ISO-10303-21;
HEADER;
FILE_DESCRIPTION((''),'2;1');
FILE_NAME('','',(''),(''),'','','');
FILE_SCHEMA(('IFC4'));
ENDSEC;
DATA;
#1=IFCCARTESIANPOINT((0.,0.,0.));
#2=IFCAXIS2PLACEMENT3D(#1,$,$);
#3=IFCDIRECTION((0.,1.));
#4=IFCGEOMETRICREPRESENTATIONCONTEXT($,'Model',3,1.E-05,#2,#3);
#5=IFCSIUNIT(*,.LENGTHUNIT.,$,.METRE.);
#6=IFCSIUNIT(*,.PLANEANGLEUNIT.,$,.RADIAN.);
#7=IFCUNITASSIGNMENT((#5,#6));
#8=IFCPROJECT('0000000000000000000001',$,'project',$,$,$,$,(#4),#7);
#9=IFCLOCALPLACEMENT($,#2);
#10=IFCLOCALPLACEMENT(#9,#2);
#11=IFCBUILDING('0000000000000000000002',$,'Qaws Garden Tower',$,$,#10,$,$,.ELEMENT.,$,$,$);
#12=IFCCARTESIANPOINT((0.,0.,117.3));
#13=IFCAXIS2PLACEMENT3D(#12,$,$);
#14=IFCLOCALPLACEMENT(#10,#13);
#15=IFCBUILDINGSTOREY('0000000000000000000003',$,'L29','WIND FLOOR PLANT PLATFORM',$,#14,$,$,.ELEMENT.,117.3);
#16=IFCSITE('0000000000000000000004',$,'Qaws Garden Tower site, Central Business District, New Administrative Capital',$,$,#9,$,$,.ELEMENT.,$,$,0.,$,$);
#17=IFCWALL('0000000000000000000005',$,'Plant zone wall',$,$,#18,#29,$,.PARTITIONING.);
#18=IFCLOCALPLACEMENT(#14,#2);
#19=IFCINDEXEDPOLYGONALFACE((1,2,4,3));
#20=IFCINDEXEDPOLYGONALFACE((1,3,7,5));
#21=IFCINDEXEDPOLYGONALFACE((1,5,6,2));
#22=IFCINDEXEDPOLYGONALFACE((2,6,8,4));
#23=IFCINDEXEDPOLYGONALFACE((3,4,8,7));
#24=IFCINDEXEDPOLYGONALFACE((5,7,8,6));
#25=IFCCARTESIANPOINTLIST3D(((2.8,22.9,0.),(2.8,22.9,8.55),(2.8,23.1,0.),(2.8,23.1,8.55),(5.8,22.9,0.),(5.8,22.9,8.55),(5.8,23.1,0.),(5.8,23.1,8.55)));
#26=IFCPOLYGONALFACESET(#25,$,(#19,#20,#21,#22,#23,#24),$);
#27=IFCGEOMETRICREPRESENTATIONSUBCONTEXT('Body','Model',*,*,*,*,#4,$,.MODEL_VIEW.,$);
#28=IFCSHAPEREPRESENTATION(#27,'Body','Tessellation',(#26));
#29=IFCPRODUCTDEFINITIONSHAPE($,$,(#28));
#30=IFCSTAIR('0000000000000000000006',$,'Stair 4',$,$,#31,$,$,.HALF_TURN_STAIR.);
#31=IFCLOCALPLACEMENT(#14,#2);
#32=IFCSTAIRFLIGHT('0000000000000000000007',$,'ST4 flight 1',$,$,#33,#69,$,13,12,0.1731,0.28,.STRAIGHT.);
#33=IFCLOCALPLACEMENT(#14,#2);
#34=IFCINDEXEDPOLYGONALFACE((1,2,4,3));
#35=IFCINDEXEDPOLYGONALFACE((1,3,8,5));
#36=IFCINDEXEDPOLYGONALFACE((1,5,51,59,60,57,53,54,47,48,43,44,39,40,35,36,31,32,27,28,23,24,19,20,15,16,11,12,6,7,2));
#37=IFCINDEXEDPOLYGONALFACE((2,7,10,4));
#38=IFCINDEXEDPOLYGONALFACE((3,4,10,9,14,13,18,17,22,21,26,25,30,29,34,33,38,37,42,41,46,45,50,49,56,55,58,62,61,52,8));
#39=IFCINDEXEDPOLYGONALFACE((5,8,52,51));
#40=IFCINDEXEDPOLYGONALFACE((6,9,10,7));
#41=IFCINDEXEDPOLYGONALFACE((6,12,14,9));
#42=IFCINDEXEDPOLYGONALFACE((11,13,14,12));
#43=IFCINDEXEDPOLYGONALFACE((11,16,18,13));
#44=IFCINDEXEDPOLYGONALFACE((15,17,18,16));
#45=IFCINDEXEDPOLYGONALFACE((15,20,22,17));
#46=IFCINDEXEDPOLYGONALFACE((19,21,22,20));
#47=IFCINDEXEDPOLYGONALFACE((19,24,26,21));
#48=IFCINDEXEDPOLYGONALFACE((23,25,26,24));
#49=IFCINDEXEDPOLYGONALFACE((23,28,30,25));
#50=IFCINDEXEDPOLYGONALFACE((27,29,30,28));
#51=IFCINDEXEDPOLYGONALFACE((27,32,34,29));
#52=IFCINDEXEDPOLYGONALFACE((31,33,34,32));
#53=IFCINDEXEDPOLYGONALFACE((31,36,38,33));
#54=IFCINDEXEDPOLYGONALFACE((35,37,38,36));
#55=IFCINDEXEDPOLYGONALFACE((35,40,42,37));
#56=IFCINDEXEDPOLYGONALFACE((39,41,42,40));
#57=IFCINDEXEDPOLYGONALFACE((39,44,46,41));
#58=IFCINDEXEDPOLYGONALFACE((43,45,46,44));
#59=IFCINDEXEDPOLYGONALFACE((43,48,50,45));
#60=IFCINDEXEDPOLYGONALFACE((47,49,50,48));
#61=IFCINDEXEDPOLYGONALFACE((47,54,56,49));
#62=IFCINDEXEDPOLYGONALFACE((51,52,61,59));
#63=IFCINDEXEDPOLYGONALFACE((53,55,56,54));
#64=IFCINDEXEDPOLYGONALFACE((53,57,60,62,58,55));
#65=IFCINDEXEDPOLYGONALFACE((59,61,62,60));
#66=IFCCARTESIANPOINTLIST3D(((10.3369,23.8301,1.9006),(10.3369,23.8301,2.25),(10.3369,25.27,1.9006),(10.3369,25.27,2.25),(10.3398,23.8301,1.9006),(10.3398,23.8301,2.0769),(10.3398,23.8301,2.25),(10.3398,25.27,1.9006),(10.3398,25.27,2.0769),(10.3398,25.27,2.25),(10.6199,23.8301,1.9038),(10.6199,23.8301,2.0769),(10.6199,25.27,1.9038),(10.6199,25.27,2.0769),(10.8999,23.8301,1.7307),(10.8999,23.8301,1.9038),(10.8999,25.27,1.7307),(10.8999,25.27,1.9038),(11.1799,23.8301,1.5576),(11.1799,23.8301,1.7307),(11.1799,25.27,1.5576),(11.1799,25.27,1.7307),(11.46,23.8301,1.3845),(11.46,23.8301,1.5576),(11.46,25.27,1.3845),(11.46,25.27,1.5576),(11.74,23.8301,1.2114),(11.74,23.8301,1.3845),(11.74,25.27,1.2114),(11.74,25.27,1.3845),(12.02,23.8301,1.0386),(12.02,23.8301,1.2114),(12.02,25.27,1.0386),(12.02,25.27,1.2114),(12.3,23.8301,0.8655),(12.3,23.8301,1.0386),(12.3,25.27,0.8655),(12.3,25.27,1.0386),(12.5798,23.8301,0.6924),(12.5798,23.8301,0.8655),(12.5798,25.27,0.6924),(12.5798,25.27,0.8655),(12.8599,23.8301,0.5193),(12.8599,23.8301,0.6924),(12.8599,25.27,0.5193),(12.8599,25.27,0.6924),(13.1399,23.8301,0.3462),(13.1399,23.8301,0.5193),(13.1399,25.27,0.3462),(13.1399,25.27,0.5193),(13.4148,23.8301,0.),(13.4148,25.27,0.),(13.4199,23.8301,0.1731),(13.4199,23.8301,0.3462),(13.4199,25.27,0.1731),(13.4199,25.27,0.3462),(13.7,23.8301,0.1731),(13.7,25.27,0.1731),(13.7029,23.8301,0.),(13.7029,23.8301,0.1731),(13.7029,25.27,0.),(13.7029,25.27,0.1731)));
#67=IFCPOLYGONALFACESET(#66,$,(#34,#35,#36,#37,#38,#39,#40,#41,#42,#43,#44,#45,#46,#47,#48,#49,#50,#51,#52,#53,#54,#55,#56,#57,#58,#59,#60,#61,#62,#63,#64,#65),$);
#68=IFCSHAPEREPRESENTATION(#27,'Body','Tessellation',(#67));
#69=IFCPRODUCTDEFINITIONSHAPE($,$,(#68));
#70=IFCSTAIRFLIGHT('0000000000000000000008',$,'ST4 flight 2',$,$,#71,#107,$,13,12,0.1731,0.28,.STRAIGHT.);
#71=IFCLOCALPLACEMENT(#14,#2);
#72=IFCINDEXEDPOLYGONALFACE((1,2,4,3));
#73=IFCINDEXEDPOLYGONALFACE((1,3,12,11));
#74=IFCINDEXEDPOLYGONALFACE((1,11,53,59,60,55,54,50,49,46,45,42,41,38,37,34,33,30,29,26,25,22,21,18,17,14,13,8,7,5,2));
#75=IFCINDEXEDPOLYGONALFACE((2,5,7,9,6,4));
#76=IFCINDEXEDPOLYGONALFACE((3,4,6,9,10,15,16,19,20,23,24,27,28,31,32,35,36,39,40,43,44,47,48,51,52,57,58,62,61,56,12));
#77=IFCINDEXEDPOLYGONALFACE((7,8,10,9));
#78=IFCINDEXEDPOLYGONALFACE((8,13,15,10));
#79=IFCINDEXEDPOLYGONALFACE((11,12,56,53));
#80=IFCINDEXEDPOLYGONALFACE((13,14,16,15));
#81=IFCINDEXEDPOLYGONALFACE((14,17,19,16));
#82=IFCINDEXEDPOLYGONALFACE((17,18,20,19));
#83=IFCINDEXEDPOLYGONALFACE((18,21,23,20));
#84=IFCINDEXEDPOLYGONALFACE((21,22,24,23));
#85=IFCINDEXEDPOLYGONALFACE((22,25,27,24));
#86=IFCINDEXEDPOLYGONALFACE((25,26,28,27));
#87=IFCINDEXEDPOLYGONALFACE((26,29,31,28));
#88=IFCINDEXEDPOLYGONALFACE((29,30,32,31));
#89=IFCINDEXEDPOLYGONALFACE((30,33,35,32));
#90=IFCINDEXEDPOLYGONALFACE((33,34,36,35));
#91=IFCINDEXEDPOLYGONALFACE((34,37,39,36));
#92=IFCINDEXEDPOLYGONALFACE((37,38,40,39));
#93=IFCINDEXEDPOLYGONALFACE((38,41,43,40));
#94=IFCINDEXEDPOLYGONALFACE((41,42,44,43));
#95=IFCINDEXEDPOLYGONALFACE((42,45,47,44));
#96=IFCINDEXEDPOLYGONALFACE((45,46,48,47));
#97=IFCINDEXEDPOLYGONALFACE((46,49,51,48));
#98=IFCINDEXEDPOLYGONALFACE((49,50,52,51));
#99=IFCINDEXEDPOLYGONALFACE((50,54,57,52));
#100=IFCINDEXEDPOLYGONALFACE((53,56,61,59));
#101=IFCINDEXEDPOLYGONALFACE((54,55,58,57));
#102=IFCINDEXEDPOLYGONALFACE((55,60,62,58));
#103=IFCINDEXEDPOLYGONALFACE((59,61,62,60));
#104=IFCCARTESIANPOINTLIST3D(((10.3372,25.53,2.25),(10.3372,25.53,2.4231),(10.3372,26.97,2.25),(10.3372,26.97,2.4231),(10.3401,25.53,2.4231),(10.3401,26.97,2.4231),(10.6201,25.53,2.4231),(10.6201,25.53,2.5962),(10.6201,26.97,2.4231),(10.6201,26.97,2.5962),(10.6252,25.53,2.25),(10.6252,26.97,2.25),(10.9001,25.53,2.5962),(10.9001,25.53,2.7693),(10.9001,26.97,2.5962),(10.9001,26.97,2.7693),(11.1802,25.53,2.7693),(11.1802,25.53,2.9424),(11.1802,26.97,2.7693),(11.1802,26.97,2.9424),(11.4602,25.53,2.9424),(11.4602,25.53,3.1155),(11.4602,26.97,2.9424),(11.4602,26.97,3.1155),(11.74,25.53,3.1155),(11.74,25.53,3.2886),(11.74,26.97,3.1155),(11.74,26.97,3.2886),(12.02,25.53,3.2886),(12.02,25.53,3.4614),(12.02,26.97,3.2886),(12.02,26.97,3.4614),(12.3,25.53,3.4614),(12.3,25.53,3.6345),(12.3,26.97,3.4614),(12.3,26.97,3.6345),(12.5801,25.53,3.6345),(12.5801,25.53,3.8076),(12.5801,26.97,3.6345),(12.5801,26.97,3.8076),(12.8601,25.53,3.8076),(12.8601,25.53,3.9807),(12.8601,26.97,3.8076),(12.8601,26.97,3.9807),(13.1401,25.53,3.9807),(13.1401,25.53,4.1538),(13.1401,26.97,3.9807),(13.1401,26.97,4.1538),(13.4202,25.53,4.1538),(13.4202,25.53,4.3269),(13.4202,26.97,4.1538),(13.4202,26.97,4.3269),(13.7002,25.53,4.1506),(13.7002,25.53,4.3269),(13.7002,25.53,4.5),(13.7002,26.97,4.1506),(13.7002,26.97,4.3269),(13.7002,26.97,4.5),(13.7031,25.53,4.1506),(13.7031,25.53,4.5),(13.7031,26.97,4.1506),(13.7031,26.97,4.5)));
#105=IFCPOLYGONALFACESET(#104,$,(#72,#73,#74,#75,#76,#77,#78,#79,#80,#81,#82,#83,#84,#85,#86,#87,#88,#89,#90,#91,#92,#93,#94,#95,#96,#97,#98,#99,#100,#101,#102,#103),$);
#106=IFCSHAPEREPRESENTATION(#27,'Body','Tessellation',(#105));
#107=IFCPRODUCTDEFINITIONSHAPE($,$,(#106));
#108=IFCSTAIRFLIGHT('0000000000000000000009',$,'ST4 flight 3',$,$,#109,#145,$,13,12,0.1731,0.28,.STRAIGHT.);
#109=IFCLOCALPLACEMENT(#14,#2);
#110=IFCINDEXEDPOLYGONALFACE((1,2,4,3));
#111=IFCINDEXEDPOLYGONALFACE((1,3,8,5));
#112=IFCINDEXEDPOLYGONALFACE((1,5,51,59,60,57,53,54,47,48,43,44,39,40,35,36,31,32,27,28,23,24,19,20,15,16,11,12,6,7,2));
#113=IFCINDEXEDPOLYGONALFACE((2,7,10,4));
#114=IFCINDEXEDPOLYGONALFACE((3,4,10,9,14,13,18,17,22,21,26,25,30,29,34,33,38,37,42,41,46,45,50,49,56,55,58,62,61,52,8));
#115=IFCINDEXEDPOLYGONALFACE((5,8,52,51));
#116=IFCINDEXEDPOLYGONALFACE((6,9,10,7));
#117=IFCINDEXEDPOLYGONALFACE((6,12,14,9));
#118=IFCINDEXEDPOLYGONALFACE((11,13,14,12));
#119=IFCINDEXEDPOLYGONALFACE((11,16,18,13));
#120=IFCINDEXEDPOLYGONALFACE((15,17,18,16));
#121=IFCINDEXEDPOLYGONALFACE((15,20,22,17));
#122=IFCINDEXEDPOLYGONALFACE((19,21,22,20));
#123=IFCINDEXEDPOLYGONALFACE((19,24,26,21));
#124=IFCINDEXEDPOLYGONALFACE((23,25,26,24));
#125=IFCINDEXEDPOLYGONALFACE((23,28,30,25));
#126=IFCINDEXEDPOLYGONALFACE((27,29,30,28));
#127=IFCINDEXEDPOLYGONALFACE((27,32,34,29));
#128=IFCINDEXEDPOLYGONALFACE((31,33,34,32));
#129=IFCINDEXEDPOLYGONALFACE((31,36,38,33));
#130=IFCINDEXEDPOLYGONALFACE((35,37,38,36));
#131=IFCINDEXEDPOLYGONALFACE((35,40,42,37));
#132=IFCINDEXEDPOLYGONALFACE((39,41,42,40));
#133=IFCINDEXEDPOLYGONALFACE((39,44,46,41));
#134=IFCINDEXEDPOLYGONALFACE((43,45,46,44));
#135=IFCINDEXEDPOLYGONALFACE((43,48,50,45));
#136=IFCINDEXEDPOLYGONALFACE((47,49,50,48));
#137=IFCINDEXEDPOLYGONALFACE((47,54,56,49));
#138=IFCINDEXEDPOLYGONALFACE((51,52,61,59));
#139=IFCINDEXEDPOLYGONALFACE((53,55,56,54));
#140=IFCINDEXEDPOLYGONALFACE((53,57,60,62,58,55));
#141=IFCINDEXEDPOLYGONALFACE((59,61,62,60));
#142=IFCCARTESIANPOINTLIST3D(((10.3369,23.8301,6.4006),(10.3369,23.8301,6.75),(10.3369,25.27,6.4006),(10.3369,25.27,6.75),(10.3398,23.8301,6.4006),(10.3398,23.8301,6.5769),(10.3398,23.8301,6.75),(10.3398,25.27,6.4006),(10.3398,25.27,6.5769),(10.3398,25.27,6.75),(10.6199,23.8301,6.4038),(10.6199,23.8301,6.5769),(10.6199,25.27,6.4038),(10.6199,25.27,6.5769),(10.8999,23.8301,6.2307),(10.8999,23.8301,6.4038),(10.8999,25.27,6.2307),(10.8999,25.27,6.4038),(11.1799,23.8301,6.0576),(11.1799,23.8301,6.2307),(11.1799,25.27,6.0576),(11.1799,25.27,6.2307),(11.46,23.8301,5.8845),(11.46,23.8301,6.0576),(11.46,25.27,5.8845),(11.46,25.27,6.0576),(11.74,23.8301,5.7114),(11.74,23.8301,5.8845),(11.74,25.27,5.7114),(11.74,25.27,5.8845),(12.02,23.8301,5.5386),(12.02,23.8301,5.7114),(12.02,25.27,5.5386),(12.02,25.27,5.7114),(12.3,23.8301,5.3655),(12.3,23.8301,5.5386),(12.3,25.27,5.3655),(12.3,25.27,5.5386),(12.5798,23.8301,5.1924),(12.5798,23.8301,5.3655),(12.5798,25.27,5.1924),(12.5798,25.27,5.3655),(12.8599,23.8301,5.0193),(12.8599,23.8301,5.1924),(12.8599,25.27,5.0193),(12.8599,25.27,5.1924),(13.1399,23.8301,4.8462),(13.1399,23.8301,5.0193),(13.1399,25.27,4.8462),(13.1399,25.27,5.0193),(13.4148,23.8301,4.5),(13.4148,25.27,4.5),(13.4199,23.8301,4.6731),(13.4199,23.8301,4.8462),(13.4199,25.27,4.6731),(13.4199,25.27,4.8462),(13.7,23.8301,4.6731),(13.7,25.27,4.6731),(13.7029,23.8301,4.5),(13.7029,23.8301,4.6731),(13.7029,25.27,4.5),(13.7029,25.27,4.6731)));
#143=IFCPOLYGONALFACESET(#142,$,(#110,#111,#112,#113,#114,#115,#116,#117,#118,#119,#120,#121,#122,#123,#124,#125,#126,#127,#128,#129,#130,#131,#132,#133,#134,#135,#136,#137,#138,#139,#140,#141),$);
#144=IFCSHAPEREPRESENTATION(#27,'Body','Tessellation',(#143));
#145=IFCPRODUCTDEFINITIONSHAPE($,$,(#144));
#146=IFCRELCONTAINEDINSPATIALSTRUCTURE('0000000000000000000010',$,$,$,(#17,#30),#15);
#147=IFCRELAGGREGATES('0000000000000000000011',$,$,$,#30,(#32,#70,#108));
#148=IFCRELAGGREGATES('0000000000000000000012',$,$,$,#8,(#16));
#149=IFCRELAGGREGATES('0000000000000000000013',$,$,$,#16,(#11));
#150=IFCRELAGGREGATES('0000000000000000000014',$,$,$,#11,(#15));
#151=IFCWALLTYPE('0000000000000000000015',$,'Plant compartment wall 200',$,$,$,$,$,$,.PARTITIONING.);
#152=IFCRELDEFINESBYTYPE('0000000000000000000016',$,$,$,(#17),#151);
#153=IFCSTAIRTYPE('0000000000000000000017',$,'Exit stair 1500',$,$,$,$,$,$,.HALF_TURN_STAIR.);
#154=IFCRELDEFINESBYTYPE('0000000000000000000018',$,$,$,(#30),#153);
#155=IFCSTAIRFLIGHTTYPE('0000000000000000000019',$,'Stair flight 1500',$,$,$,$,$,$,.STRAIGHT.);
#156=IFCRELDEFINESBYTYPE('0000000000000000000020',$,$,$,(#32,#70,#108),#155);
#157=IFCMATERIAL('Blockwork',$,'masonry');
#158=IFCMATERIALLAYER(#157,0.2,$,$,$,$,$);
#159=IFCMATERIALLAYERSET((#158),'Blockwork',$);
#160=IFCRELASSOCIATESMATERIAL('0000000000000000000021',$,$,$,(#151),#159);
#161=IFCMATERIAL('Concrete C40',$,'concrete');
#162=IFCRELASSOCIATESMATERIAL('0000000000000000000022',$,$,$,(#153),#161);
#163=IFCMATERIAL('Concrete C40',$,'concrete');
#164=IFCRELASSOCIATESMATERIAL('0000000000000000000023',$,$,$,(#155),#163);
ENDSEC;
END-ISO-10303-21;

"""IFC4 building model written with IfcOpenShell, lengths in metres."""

from ifc_helpers import new_model, si_unit, direction, frame, frame_2d, origin, place, context, subcontext, project, spatial, polyline, rectangle, outline, extrude, material, layer, layer_set, type_object, element, aggregate, save


model = new_model("IFC4")

# Units and contexts
model_context = context("Model", 3, precision=1e-05, world=origin(), true_north=direction((0.0, 1.0)))
body_context = subcontext(model_context, "Body", "Model", "MODEL_VIEW")
ifc_project = project(units=[si_unit("LENGTHUNIT", "METRE"), si_unit("PLANEANGLEUNIT", "RADIAN")], contexts=[model_context])

# Site, building, storey
site_placement = place(None, origin())
site = spatial("IfcSite", under=ifc_project, at=site_placement, Name="Qaws Garden Tower site, Central Business District, New Administrative Capital", CompositionType="ELEMENT", RefElevation=0.0)
building_placement = place(site_placement, origin())
building = spatial("IfcBuilding", under=site, at=building_placement, Name="Qaws Garden Tower", CompositionType="ELEMENT")
storey_placement = place(building_placement, frame((0.0, 0.0, 117.3)))
storey = spatial("IfcBuildingStorey", under=building, at=storey_placement, Name="L29", Description="WIND FLOOR PLANT PLATFORM", CompositionType="ELEMENT", Elevation=117.3)

# Wall
ifc_material_1 = material(Name="Blockwork", Category="masonry")
ifc_layer_1 = layer(ifc_material_1, 0.2)
ifc_layer_set_1 = layer_set([ifc_layer_1], Name="Blockwork")
wall_type_1 = type_object("IfcWallType", Name="Plant compartment wall 200", PredefinedType="PARTITIONING", material=ifc_layer_set_1)
wall_1_placement = place(storey_placement, frame((2.8, 23.0, 0.0), z_axis=(0.0, 0.0, 1.0), x_axis=(1.0, 0.0, 0.0)))
element("IfcWall", 1, at=wall_1_placement, inside=storey, type_object=wall_type_1, Name="Plant zone wall", PredefinedType="PARTITIONING", context=body_context, shape_type="SweptSolid", body=[
    extrude(rectangle(XDim=3.0, YDim=0.2, at=frame_2d((1.5, 0.0))), origin(), (0.0, 0.0, 1.0), 8.55),
])

# Stair, stair flights
ifc_material_2 = material(Name="Concrete C40", Category="concrete")
stair_type = type_object("IfcStairType", Name="Exit stair 1500", PredefinedType="HALF_TURN_STAIR", material=ifc_material_2)
stair_placement = place(storey_placement, origin())
stair = element("IfcStair", 2, at=stair_placement, inside=storey, type_object=stair_type, Name="Stair 4", PredefinedType="HALF_TURN_STAIR")
ifc_material_3 = material(Name="Concrete C40", Category="concrete")
stair_flight_type = type_object("IfcStairFlightType", Name="Stair flight 1500", PredefinedType="STRAIGHT", material=ifc_material_3)
stair_flight_1_placement = place(storey_placement, frame((13.7, 24.55, 0.0), z_axis=(0.0, 0.0, 1.0), x_axis=(-1.0, 0.0, 0.0)))
stair_flight_1 = element("IfcStairFlight", 3, at=stair_flight_1_placement, type_object=stair_flight_type, Name="ST4 flight 1", NumberOfRisers=13, NumberOfTreads=12, PredefinedType="STRAIGHT", RiserHeight=0.1731, TreadLength=0.28, context=body_context, shape_type="SweptSolid", body=[
    extrude(outline(polyline([(-0.0029, 0.0), (-0.0029, 0.1731), (0.0, 0.1731), (0.28, 0.1731), (0.28, 0.3462), (0.5601, 0.3462), (0.5601, 0.5193), (0.8401, 0.5193), (0.8401, 0.6924), (1.1201, 0.6924), (1.1201, 0.8655), (1.3999, 0.8655), (1.3999, 1.0386), (1.6799, 1.0386), (1.6799, 1.2114), (1.96, 1.2114), (1.96, 1.3845), (2.24, 1.3845), (2.24, 1.5576), (2.52, 1.5576), (2.52, 1.7307), (2.8, 1.7307), (2.8, 1.9038), (3.0801, 1.9038), (3.0801, 2.0769), (3.3601, 2.0769), (3.3601, 2.25), (3.363, 2.25), (3.363, 1.9006), (3.3601, 1.9006), (0.2852, 0.0), (-0.0029, 0.0)])), frame((0.0, 0.72, 0.0), z_axis=(0.0, -1.0, 0.0), x_axis=(1.0, 0.0, 0.0)), (0.0, 0.0, 1.0), 1.4399),
])
stair_flight_2_placement = place(storey_placement, frame((10.3401, 26.25, 2.25), z_axis=(0.0, 0.0, 1.0), x_axis=(1.0, 0.0, 0.0)))
stair_flight_2 = element("IfcStairFlight", 4, at=stair_flight_2_placement, type_object=stair_flight_type, Name="ST4 flight 2", NumberOfRisers=13, NumberOfTreads=12, PredefinedType="STRAIGHT", RiserHeight=0.1731, TreadLength=0.28, context=body_context, shape_type="SweptSolid", body=[
    extrude(outline(polyline([(-0.0029, 0.0), (-0.0029, 0.1731), (0.0, 0.1731), (0.28, 0.1731), (0.28, 0.3462), (0.5601, 0.3462), (0.5601, 0.5193), (0.8401, 0.5193), (0.8401, 0.6924), (1.1201, 0.6924), (1.1201, 0.8655), (1.3999, 0.8655), (1.3999, 1.0386), (1.6799, 1.0386), (1.6799, 1.2114), (1.96, 1.2114), (1.96, 1.3845), (2.24, 1.3845), (2.24, 1.5576), (2.52, 1.5576), (2.52, 1.7307), (2.8, 1.7307), (2.8, 1.9038), (3.0801, 1.9038), (3.0801, 2.0769), (3.3601, 2.0769), (3.3601, 2.25), (3.363, 2.25), (3.363, 1.9006), (3.3601, 1.9006), (0.2852, 0.0), (-0.0029, 0.0)])), frame((0.0, 0.72, 0.0), z_axis=(0.0, -1.0, 0.0), x_axis=(1.0, 0.0, 0.0)), (0.0, 0.0, 1.0), 1.4399),
])
stair_flight_3_placement = place(storey_placement, frame((13.7, 24.55, 4.5), z_axis=(0.0, 0.0, 1.0), x_axis=(-1.0, 0.0, 0.0)))
stair_flight_3 = element("IfcStairFlight", 5, at=stair_flight_3_placement, type_object=stair_flight_type, Name="ST4 flight 3", NumberOfRisers=13, NumberOfTreads=12, PredefinedType="STRAIGHT", RiserHeight=0.1731, TreadLength=0.28, context=body_context, shape_type="SweptSolid", body=[
    extrude(outline(polyline([(-0.0029, 0.0), (-0.0029, 0.1731), (0.0, 0.1731), (0.28, 0.1731), (0.28, 0.3462), (0.5601, 0.3462), (0.5601, 0.5193), (0.8401, 0.5193), (0.8401, 0.6924), (1.1201, 0.6924), (1.1201, 0.8655), (1.3999, 0.8655), (1.3999, 1.0386), (1.6799, 1.0386), (1.6799, 1.2114), (1.96, 1.2114), (1.96, 1.3845), (2.24, 1.3845), (2.24, 1.5576), (2.52, 1.5576), (2.52, 1.7307), (2.8, 1.7307), (2.8, 1.9038), (3.0801, 1.9038), (3.0801, 2.0769), (3.3601, 2.0769), (3.3601, 2.25), (3.363, 2.25), (3.363, 1.9006), (3.3601, 1.9006), (0.2852, 0.0), (-0.0029, 0.0)])), frame((0.0, 0.72, 0.0), z_axis=(0.0, -1.0, 0.0), x_axis=(1.0, 0.0, 0.0)), (0.0, 0.0, 1.0), 1.4399),
])
aggregate(stair, [stair_flight_1, stair_flight_2, stair_flight_3])

save(model, "model.ifc")
